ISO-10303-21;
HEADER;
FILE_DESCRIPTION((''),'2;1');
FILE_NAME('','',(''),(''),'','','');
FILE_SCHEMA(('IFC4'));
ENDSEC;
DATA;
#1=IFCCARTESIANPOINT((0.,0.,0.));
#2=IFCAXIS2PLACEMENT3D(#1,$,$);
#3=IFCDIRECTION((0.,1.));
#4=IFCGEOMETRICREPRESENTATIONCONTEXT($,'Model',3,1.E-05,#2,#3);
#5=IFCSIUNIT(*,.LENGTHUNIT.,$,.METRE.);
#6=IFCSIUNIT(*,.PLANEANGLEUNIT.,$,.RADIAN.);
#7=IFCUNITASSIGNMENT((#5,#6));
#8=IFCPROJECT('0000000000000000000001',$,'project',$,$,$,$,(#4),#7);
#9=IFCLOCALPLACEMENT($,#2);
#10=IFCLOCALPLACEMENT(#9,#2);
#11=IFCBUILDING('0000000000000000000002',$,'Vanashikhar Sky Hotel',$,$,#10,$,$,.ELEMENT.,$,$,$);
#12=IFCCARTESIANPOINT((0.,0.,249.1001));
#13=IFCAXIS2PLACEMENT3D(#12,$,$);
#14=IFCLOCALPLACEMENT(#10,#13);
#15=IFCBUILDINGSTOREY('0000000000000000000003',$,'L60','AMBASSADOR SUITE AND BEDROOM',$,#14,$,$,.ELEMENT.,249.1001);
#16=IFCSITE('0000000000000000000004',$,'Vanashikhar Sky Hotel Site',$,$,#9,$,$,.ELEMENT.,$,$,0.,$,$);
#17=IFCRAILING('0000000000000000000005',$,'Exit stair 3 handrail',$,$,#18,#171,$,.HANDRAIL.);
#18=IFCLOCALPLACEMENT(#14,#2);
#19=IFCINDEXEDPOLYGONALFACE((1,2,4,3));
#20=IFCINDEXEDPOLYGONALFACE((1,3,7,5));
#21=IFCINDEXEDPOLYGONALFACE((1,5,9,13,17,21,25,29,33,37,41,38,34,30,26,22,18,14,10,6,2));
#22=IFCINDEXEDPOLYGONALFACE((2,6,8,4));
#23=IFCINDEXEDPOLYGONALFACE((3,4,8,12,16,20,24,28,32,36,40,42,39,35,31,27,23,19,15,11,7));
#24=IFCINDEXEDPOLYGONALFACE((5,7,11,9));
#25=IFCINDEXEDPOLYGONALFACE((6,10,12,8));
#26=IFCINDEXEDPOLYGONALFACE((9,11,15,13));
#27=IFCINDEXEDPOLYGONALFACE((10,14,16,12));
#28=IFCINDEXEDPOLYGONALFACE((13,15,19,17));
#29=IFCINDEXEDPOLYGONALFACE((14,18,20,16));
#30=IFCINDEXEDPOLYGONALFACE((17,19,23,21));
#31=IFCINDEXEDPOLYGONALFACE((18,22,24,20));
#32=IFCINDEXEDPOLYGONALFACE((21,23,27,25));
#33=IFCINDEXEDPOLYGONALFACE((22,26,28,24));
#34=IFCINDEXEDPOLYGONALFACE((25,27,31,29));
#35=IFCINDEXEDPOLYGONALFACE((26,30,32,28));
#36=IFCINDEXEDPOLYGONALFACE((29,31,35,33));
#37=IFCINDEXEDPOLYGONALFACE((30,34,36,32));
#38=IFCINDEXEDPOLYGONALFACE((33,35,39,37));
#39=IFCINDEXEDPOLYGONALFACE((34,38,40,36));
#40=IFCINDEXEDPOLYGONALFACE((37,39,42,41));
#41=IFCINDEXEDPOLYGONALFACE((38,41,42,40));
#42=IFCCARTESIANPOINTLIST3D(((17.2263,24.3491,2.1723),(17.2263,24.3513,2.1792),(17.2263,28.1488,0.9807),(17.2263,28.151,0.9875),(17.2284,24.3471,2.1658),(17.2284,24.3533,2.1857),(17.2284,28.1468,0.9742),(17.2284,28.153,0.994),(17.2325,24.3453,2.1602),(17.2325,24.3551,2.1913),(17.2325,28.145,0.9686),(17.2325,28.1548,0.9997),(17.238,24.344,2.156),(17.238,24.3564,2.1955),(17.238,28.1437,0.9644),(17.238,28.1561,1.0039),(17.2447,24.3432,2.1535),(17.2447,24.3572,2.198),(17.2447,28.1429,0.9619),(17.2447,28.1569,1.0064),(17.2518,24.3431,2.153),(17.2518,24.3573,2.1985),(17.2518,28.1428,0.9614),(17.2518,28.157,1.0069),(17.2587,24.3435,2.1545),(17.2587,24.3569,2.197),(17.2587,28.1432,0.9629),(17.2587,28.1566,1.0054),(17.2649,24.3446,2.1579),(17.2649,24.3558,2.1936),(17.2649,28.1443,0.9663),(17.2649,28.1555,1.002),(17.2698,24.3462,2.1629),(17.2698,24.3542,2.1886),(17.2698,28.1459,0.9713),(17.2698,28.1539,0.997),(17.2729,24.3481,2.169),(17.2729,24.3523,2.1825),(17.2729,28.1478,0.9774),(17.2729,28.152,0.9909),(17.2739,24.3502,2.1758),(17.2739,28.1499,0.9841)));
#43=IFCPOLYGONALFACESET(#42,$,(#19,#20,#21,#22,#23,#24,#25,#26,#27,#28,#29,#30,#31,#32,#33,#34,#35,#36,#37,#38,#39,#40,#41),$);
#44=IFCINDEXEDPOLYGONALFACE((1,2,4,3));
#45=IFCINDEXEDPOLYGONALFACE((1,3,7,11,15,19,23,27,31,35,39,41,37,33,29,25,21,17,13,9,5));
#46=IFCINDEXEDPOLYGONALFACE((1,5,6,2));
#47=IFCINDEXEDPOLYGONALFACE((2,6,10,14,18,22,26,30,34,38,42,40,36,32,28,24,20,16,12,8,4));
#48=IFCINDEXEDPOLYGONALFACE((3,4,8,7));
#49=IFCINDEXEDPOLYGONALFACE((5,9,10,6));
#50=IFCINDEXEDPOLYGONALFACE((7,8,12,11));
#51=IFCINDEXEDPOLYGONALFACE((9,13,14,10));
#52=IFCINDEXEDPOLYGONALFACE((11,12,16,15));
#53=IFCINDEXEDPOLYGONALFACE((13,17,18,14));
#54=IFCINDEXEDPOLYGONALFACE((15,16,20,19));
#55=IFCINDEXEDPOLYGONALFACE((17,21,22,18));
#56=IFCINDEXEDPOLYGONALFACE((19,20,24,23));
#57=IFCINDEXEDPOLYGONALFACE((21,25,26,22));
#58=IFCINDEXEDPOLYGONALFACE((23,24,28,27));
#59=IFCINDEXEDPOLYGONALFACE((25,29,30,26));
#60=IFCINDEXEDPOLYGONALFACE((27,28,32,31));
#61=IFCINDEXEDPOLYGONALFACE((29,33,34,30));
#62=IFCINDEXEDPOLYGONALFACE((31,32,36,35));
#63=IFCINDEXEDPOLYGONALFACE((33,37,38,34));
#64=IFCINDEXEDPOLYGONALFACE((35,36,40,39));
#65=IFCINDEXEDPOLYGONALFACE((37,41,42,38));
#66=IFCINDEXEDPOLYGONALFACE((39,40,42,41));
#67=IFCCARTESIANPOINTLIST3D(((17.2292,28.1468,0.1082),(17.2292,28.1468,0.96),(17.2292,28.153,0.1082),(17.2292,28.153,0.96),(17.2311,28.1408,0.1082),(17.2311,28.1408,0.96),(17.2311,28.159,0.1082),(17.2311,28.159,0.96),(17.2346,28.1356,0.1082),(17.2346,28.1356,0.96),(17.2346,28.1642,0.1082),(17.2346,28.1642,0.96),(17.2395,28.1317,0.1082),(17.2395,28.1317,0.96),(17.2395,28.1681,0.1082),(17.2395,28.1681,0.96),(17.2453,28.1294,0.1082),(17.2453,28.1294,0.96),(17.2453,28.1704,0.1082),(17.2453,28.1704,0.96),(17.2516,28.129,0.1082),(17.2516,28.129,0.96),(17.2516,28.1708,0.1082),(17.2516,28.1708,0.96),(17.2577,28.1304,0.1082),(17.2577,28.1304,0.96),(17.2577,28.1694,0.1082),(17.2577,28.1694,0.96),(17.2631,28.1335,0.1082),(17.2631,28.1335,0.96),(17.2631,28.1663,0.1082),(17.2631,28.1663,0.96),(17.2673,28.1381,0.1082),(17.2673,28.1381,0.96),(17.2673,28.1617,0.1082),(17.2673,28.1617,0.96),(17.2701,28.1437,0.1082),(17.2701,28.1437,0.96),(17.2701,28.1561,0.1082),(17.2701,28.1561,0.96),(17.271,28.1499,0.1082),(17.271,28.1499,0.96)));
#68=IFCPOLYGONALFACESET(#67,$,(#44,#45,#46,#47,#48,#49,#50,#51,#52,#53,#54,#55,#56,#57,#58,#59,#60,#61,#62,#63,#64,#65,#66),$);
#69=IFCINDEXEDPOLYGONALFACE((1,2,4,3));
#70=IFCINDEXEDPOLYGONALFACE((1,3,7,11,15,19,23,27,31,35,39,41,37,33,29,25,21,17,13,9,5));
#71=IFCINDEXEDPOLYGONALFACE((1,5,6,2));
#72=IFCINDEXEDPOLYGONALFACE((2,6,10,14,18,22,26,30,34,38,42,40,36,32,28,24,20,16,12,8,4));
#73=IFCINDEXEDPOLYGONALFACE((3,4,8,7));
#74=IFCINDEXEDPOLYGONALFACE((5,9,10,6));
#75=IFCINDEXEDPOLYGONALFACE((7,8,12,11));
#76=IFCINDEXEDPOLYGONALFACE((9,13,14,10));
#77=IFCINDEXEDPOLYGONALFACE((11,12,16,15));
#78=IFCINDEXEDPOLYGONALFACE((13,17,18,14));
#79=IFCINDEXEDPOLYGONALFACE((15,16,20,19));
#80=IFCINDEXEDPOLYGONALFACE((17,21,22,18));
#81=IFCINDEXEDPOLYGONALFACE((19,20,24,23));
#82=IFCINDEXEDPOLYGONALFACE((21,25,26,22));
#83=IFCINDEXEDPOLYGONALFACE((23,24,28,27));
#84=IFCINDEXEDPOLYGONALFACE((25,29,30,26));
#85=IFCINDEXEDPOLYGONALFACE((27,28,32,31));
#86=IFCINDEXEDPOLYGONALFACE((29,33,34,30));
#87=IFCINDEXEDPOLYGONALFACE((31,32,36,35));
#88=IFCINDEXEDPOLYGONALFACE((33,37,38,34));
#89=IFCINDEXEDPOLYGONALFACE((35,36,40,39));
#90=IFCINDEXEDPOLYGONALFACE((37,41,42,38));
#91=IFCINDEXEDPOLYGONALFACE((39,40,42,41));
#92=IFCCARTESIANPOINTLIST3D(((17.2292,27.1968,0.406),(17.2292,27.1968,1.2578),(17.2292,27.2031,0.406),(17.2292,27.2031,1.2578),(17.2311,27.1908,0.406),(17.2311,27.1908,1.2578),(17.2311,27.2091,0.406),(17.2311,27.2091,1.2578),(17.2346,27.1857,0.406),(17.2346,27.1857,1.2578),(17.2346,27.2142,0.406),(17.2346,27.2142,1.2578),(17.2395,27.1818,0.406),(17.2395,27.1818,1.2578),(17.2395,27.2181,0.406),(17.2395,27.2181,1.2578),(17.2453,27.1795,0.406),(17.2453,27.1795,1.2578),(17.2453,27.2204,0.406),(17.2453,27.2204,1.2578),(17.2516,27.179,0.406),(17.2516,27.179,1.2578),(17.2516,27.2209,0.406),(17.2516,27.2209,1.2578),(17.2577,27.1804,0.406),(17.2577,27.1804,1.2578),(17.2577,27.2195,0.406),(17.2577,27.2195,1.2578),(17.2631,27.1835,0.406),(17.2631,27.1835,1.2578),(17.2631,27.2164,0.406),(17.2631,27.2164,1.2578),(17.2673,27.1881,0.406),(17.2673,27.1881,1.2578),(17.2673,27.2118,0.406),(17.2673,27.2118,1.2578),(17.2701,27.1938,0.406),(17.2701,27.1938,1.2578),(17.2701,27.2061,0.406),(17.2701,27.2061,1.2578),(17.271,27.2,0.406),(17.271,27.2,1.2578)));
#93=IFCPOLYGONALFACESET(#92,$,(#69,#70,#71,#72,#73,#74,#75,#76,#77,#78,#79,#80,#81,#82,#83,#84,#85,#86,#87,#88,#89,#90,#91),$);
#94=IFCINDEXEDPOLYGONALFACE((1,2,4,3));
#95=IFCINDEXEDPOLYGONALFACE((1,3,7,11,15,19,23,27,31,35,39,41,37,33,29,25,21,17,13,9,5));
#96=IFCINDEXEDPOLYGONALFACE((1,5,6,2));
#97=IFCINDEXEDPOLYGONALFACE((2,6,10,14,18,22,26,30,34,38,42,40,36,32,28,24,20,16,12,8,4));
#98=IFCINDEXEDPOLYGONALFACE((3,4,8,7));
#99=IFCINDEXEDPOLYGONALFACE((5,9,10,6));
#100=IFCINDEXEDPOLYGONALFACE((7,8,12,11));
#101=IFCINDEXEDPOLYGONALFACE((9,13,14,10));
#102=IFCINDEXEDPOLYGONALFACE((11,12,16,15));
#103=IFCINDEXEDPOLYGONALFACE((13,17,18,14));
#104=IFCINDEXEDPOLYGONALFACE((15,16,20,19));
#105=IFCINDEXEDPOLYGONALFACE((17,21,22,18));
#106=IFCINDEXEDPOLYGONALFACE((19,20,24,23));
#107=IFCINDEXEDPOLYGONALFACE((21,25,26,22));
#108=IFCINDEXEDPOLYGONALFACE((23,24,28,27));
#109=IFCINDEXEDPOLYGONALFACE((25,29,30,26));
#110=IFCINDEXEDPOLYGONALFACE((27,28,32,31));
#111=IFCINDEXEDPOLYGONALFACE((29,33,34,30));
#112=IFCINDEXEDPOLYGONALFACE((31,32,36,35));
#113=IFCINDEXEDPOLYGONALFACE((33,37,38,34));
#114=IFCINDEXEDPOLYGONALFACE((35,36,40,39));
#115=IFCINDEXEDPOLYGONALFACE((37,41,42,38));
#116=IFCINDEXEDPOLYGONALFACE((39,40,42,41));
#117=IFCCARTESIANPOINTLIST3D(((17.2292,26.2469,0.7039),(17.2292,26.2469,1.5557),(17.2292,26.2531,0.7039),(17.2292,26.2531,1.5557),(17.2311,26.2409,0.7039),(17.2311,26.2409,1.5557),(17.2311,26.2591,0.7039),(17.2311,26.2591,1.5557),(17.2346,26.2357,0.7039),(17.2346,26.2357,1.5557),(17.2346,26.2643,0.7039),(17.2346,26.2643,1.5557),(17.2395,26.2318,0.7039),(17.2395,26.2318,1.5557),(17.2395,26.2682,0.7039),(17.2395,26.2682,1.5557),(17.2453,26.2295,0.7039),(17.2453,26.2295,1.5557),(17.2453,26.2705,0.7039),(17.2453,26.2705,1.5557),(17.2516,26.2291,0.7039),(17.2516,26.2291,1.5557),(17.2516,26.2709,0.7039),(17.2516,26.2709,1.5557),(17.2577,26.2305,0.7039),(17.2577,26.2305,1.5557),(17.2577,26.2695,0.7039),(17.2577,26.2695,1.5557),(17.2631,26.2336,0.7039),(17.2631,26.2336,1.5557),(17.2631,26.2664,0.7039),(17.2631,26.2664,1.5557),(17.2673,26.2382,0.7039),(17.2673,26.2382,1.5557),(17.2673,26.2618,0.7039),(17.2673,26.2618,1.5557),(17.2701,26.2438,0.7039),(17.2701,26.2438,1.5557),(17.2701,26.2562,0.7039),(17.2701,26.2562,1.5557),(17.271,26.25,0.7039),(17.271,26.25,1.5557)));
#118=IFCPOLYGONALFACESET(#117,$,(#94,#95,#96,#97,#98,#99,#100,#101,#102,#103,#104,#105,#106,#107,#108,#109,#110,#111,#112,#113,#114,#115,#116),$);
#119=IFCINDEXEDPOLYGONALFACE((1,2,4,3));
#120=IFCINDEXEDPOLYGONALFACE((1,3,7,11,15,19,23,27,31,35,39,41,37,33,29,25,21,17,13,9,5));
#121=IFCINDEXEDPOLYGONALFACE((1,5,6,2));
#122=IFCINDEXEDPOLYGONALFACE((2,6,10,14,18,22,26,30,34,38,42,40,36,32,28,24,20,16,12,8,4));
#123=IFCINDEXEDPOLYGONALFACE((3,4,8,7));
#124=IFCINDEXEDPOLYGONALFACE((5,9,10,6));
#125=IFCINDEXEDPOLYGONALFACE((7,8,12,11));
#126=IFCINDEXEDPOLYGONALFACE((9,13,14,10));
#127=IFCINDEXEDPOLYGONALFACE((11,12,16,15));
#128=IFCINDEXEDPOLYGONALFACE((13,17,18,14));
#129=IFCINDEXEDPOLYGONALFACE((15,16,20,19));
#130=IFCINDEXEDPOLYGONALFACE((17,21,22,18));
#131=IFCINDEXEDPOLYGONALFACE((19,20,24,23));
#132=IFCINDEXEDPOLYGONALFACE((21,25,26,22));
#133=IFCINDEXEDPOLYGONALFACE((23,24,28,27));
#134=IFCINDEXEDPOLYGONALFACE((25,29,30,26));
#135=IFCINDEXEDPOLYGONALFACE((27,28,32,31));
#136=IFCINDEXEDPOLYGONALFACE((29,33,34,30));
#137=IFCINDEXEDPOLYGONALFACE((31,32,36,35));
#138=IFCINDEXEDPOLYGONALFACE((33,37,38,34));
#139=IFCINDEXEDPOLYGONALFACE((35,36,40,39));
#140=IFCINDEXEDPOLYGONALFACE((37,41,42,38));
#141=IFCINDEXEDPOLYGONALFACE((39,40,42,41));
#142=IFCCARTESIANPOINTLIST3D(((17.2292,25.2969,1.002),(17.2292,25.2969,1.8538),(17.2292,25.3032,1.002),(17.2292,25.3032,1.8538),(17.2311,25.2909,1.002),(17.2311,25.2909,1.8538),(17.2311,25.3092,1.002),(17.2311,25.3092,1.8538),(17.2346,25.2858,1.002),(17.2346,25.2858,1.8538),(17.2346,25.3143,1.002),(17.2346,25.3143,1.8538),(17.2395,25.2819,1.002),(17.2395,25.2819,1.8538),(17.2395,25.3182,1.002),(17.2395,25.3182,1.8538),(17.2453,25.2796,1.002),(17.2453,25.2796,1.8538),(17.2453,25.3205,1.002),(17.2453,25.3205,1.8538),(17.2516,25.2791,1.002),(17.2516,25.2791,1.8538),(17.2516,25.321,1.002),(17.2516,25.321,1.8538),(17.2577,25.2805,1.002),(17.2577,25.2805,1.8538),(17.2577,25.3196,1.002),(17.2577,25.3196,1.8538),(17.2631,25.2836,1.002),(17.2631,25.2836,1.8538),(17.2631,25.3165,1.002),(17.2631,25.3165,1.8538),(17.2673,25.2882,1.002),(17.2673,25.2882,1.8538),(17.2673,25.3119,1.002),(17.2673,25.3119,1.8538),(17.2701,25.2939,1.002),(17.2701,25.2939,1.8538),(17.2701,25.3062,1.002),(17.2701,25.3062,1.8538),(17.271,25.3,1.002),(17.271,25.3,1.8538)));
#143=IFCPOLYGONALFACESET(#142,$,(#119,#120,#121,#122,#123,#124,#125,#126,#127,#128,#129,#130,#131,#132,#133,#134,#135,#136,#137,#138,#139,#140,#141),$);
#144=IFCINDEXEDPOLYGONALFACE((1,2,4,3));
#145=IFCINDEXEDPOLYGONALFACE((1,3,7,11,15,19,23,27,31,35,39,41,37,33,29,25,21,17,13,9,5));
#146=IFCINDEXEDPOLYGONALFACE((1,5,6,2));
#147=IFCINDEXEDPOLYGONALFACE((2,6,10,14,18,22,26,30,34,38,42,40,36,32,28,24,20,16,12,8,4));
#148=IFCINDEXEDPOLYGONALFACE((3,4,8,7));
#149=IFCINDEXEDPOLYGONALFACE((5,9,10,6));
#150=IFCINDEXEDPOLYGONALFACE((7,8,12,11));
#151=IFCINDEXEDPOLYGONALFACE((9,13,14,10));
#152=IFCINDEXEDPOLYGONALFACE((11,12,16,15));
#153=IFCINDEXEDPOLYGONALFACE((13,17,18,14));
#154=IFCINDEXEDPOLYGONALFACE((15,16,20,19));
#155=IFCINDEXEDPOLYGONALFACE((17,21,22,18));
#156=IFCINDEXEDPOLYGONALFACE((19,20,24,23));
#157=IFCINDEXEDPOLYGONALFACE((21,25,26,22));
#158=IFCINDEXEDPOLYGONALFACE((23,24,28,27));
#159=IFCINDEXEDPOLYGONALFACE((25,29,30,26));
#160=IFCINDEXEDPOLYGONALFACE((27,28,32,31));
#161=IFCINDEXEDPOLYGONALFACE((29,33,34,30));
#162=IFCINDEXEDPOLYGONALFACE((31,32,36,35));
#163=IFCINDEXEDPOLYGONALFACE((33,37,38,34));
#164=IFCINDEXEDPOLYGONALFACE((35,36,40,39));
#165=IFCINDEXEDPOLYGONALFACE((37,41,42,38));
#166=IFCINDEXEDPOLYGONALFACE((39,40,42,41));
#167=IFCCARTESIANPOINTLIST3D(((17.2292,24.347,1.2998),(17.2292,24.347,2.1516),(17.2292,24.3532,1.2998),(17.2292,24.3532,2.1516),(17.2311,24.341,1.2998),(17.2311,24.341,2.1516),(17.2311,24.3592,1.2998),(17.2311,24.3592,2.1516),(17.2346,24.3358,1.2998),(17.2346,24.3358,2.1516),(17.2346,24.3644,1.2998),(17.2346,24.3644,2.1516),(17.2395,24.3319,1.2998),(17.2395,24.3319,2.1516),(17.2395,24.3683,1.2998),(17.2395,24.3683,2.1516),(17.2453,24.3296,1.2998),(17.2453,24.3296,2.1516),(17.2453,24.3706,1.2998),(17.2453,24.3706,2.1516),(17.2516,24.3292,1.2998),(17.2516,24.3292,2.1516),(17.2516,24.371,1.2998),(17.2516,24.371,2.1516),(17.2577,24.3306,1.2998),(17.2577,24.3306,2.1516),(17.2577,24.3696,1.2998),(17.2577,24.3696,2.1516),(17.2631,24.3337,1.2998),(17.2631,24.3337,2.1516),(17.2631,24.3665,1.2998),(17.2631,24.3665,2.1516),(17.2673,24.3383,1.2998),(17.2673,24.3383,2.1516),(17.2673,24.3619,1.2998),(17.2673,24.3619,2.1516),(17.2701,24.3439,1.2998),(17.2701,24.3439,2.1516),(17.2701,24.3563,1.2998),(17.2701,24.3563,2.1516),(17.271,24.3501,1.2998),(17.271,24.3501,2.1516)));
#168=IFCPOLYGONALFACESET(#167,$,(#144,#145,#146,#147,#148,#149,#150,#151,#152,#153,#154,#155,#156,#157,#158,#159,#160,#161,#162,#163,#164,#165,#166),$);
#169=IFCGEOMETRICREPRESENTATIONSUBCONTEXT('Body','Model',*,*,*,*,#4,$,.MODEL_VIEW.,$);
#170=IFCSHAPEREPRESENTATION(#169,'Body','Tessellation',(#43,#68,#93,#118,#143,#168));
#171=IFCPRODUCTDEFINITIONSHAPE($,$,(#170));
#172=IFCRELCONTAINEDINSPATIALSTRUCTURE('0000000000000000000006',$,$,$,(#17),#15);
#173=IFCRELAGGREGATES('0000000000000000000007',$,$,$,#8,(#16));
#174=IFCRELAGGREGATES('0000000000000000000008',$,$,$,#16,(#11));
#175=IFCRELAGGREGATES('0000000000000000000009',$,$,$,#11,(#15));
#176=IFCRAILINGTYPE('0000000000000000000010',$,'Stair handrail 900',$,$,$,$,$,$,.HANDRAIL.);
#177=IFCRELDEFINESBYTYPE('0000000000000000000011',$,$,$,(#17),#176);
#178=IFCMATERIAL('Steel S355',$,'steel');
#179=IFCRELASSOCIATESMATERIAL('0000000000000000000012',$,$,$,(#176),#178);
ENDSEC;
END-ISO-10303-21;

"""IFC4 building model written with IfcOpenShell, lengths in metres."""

from ifc_helpers import new_model, si_unit, direction, frame, origin, origin_2d, place, context, subcontext, project, spatial, circle, extrude, source, transform, mapped, material, type_object, element, save


model = new_model("IFC4")

# Units and contexts
model_context = context("Model", 3, precision=1e-05, world=origin(), true_north=direction((0.0, 1.0)))
body_context = subcontext(model_context, "Body", "Model", "MODEL_VIEW")
ifc_project = project(units=[si_unit("LENGTHUNIT", "METRE"), si_unit("PLANEANGLEUNIT", "RADIAN")], contexts=[model_context])

# Site, building, storey
site_placement = place(None, origin())
site = spatial("IfcSite", under=ifc_project, at=site_placement, Name="Vanashikhar Sky Hotel Site", CompositionType="ELEMENT", RefElevation=0.0)
building_placement = place(site_placement, origin())
building = spatial("IfcBuilding", under=site, at=building_placement, Name="Vanashikhar Sky Hotel", CompositionType="ELEMENT")
storey_placement = place(building_placement, frame((0.0, 0.0, 249.1001)))
storey = spatial("IfcBuildingStorey", under=building, at=storey_placement, Name="L60", Description="AMBASSADOR SUITE AND BEDROOM", CompositionType="ELEMENT", Elevation=249.1001)

# Railing
ifc_material_1 = material(Name="Steel S355", Category="steel")
railing_type = type_object("IfcRailingType", Name="Stair handrail 900", PredefinedType="HANDRAIL", material=ifc_material_1)
shared_shape_1 = source(origin(), body_context, "Body", "SweptSolid", [
    extrude(circle(Radius=0.0239, at=origin_2d()), frame((0.0, 0.0, 0.876), z_axis=(0.0, -0.954178, 0.299238), x_axis=(1.0, 0.0, 0.0)), (0.0, 0.0, 1.0), 3.9822),
    extrude(circle(Radius=0.021, at=origin_2d()), origin(), (0.0, 0.0, 1.0), 0.8518),
    extrude(circle(Radius=0.021, at=origin_2d()), frame((0.0, -0.95, 0.2979)), (0.0, 0.0, 1.0), 0.8518),
    extrude(circle(Radius=0.021, at=origin_2d()), frame((0.0, -1.8999, 0.5957)), (0.0, 0.0, 1.0), 0.8518),
    extrude(circle(Radius=0.021, at=origin_2d()), frame((0.0, -2.8499, 0.8938)), (0.0, 0.0, 1.0), 0.8518),
    extrude(circle(Radius=0.021, at=origin_2d()), frame((0.0, -3.7998, 1.1917)), (0.0, 0.0, 1.0), 0.8518),
])
for number, where, name in (
    (1, (17.25, 28.1499, 0.1082), "Exit stair 3 handrail"),
):
    element("IfcRailing", number, at=place(storey_placement, frame(where)), inside=storey, type_object=railing_type, Name=name, PredefinedType="HANDRAIL", context=body_context, shape_type="MappedRepresentation", body=[
        mapped(shared_shape_1, transform((0.0, 0.0, 0.0), scale=1.0)),
    ])

save(model, "model.ifc")
